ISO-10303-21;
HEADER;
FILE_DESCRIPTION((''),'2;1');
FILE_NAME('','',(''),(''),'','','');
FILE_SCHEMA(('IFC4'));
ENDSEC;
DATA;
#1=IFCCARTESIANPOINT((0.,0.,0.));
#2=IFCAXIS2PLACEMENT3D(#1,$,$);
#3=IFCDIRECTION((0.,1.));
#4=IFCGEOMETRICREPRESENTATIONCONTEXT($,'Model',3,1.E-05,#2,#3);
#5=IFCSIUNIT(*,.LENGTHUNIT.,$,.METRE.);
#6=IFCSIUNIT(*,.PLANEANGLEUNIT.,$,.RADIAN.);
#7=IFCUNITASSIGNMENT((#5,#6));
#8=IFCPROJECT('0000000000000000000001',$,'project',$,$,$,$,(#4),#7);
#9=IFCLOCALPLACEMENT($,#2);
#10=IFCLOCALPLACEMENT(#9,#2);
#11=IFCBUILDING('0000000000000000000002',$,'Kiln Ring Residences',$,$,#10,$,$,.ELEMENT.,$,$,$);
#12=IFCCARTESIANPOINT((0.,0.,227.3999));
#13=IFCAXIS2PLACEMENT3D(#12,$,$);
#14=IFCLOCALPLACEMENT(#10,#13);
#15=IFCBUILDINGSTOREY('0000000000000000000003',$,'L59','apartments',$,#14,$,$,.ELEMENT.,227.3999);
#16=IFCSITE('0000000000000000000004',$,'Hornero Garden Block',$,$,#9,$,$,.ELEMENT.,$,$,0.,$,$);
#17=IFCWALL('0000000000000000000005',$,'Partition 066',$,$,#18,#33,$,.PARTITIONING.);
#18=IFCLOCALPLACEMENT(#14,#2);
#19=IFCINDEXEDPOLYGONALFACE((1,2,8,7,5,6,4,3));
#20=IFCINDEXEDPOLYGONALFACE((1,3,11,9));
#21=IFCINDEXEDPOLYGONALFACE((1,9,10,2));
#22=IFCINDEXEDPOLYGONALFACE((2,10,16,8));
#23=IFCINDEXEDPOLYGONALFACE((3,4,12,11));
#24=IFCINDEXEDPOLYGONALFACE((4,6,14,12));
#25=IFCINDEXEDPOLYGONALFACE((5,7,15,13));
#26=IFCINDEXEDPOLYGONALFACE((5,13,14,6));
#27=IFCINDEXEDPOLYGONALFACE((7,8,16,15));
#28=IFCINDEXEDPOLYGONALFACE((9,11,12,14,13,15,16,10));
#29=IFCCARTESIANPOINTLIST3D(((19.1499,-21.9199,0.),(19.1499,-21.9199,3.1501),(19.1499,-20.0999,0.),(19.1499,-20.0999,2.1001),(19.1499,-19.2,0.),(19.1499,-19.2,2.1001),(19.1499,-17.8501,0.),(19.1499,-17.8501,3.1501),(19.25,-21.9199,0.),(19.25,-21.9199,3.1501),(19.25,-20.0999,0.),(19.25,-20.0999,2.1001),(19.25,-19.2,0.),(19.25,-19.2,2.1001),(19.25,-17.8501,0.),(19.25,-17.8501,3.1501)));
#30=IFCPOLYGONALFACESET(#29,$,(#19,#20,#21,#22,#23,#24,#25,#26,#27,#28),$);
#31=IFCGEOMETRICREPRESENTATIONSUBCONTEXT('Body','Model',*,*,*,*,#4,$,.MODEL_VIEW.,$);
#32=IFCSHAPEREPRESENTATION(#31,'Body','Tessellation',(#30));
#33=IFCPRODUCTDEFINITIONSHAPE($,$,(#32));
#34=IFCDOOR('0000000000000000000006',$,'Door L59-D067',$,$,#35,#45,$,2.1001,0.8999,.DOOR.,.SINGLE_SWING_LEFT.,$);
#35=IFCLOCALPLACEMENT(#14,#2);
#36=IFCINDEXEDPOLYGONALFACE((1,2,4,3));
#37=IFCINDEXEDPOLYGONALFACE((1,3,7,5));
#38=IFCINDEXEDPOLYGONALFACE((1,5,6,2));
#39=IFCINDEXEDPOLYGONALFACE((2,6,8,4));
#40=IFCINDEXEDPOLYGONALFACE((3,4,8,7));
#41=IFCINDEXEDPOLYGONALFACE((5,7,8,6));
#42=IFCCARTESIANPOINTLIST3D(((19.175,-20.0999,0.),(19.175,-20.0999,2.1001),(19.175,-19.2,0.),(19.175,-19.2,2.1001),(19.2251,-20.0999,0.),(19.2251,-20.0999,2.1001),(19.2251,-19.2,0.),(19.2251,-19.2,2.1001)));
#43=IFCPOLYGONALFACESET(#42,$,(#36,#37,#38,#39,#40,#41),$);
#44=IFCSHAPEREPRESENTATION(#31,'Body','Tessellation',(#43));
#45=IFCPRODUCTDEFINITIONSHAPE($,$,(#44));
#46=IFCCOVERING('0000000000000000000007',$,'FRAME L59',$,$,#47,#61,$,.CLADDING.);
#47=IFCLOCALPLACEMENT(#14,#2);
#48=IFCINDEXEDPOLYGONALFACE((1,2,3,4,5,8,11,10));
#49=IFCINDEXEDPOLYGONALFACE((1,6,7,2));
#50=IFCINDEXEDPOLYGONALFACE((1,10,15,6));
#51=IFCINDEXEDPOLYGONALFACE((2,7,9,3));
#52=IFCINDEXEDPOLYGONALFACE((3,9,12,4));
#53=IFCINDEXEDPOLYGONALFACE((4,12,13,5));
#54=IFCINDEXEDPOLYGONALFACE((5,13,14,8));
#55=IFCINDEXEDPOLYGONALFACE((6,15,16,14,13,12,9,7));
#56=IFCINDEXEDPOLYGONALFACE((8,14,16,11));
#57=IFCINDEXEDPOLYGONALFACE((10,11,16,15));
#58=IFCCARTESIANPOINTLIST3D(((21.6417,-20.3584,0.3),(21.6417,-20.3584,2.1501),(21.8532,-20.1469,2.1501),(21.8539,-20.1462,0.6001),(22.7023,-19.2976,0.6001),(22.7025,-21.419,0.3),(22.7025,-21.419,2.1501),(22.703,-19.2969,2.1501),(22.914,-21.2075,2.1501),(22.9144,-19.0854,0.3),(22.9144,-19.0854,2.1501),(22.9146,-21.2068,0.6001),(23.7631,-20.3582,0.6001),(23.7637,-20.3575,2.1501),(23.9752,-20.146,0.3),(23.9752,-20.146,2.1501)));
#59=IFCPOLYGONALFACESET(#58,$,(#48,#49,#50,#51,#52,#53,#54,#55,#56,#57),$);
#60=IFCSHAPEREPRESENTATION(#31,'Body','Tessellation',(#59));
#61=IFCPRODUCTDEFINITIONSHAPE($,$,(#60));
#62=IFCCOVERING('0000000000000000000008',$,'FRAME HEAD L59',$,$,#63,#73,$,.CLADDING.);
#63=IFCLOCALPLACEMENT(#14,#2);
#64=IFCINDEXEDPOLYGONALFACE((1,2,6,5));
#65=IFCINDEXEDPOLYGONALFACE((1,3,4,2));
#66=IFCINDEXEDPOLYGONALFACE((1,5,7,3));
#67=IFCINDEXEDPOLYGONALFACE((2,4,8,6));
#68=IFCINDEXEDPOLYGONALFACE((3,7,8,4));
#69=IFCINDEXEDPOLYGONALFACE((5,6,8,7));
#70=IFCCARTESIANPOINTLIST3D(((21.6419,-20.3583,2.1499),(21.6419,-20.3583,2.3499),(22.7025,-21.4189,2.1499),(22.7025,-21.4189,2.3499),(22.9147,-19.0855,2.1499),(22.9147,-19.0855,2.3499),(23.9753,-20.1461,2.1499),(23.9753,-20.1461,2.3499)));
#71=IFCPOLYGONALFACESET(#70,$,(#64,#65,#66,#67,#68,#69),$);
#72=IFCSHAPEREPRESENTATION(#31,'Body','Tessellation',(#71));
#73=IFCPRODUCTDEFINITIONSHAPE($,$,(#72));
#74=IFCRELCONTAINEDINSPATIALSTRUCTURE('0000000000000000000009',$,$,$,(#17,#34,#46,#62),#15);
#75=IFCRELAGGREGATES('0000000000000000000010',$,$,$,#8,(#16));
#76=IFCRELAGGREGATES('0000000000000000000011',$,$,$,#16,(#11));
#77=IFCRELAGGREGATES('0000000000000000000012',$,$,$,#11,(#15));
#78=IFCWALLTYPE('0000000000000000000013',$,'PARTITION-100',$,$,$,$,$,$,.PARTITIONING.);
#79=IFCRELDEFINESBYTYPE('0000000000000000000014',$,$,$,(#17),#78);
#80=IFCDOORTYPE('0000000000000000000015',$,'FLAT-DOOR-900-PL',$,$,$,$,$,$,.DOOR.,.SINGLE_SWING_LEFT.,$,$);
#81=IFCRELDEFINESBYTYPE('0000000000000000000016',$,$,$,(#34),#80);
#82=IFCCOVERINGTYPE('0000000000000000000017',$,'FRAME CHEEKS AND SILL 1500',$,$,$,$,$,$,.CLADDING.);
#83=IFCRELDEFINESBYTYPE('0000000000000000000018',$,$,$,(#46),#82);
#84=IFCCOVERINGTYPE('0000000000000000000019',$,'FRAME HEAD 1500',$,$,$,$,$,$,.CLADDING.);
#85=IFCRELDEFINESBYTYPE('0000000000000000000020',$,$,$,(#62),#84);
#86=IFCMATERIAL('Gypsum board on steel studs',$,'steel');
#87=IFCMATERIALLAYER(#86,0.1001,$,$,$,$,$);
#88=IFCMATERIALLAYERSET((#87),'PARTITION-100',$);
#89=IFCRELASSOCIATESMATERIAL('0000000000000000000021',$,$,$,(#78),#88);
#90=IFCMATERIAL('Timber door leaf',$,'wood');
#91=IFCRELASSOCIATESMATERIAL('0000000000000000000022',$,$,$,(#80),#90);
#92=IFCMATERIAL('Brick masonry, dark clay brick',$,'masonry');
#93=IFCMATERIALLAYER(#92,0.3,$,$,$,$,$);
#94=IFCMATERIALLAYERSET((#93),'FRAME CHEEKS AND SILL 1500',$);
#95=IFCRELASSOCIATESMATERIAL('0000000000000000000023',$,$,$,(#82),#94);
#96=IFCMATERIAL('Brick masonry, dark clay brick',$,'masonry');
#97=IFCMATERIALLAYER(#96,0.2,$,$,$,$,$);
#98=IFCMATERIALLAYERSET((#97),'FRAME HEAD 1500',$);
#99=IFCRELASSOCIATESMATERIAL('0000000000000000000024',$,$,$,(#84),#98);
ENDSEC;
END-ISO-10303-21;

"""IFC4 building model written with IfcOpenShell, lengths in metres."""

from ifc_helpers import new_model, si_unit, direction, frame, frame_2d, origin, origin_2d, place, context, subcontext, project, spatial, polyline, rectangle, outline, extrude, material, layer, layer_set, type_object, element, fill, save


model = new_model("IFC4")

# Units and contexts
model_context = context("Model", 3, precision=1e-05, world=origin(), true_north=direction((0.0, 1.0)))
body_context = subcontext(model_context, "Body", "Model", "MODEL_VIEW")
ifc_project = project(units=[si_unit("LENGTHUNIT", "METRE"), si_unit("PLANEANGLEUNIT", "RADIAN")], contexts=[model_context])

# Site, building, storey
site_placement = place(None, origin())
site = spatial("IfcSite", under=ifc_project, at=site_placement, Name="Hornero Garden Block", CompositionType="ELEMENT", RefElevation=0.0)
building_placement = place(site_placement, origin())
building = spatial("IfcBuilding", under=site, at=building_placement, Name="Kiln Ring Residences", CompositionType="ELEMENT")
storey_placement = place(building_placement, frame((0.0, 0.0, 227.3999)))
storey = spatial("IfcBuildingStorey", under=building, at=storey_placement, Name="L59", Description="apartments", CompositionType="ELEMENT", Elevation=227.3999)

# Shared definitions
ifc_material_1 = material(Name="Gypsum board on steel studs", Category="steel")
ifc_layer_1 = layer(ifc_material_1, 0.1001)
ifc_layer_set_1 = layer_set([ifc_layer_1], Name="PARTITION-100")
wall_type_1 = type_object("IfcWallType", Name="PARTITION-100", PredefinedType="PARTITIONING", material=ifc_layer_set_1)

# Wall, opening, door
wall_1_placement = place(storey_placement, frame((19.2, -21.9199, 0.0), z_axis=(0.0, 0.0, 1.0), x_axis=(0.0, 1.0, 0.0)))
wall_1 = element("IfcWall", 1, at=wall_1_placement, inside=storey, type_object=wall_type_1, Name="Partition 066", PredefinedType="PARTITIONING", context=body_context, shape_type="SweptSolid", body=[
    extrude(rectangle(XDim=4.0698, YDim=0.1001, at=frame_2d((2.0349, 0.0))), origin(), (0.0, 0.0, 1.0), 3.1501),
])
opening_1_placement = place(wall_1_placement, frame((1.8201, 0.0, 0.0)))
opening_1 = element("IfcOpeningElement", 2, at=opening_1_placement, cuts=wall_1, PredefinedType="OPENING", context=body_context, shape_type="SweptSolid", body=[
    extrude(rectangle(XDim=0.8999, YDim=2.1001, at=frame_2d((0.45, 1.05))), frame((0.0, 0.0601, 0.0), z_axis=(0.0, -1.0, 0.0), x_axis=(1.0, 0.0, 0.0)), (0.0, 0.0, 1.0), 0.1201),
])
ifc_material_2 = material(Name="Timber door leaf", Category="wood")
door_type_1 = type_object("IfcDoorType", Name="FLAT-DOOR-900-PL", OperationType="SINGLE_SWING_LEFT", PredefinedType="DOOR", material=ifc_material_2)
door_1_placement = place(opening_1_placement, origin())
door_1 = element("IfcDoor", 3, at=door_1_placement, inside=storey, type_object=door_type_1, Name="Door L59-D067", OperationType="SINGLE_SWING_LEFT", OverallHeight=2.1001, OverallWidth=0.8999, PredefinedType="DOOR", context=body_context, shape_type="SweptSolid", body=[
    extrude(rectangle(XDim=0.8999, YDim=2.1001, at=frame_2d((0.45, 1.05))), frame((0.0, 0.0249, 0.0), z_axis=(0.0, -1.0, 0.0), x_axis=(1.0, 0.0, 0.0)), (0.0, 0.0, 1.0), 0.05),
])
fill(opening_1, door_1)

# Coverings
ifc_material_3 = material(Name="Brick masonry, dark clay brick", Category="masonry")
ifc_layer_2 = layer(ifc_material_3, 0.3)
ifc_layer_set_2 = layer_set([ifc_layer_2], Name="FRAME CHEEKS AND SILL 1500")
covering_type_1 = type_object("IfcCoveringType", Name="FRAME CHEEKS AND SILL 1500", PredefinedType="CLADDING", material=ifc_layer_set_2)
covering_1_placement = place(storey_placement, frame((22.1721, -20.8887, 0.3), z_axis=(0.0, 0.0, 1.0), x_axis=(0.707039, 0.707175, 0.0)))
element("IfcCovering", 4, at=covering_1_placement, inside=storey, type_object=covering_type_1, Name="FRAME L59", PredefinedType="CLADDING", context=body_context, shape_type="SweptSolid", body=[
    extrude(outline(polyline([(0.0, 0.0), (1.8, 0.0), (1.8, 1.8501), (1.501, 1.8501), (1.5, 0.3), (0.3, 0.3), (0.2991, 1.8501), (0.0, 1.8501), (0.0, 0.0)])), frame((0.0, 0.75, 0.0), z_axis=(0.0, -1.0, 0.0), x_axis=(1.0, 0.0, 0.0)), (0.0, 0.0, 1.0), 1.5),
])
ifc_material_4 = material(Name="Brick masonry, dark clay brick", Category="masonry")
ifc_layer_3 = layer(ifc_material_4, 0.2)
ifc_layer_set_3 = layer_set([ifc_layer_3], Name="FRAME HEAD 1500")
covering_type_2 = type_object("IfcCoveringType", Name="FRAME HEAD 1500", PredefinedType="CLADDING", material=ifc_layer_set_3)
covering_2_placement = place(storey_placement, frame((22.8086, -20.2522, 2.1499), z_axis=(0.0, 0.0, 1.0), x_axis=(0.707107, 0.707107, 0.0)))
element("IfcCovering", 5, at=covering_2_placement, inside=storey, type_object=covering_type_2, Name="FRAME HEAD L59", PredefinedType="CLADDING", context=body_context, shape_type="SweptSolid", body=[
    extrude(rectangle(XDim=1.8, YDim=1.5, at=origin_2d()), origin(), (0.0, 0.0, 1.0), 0.2),
])

save(model, "model.ifc")
